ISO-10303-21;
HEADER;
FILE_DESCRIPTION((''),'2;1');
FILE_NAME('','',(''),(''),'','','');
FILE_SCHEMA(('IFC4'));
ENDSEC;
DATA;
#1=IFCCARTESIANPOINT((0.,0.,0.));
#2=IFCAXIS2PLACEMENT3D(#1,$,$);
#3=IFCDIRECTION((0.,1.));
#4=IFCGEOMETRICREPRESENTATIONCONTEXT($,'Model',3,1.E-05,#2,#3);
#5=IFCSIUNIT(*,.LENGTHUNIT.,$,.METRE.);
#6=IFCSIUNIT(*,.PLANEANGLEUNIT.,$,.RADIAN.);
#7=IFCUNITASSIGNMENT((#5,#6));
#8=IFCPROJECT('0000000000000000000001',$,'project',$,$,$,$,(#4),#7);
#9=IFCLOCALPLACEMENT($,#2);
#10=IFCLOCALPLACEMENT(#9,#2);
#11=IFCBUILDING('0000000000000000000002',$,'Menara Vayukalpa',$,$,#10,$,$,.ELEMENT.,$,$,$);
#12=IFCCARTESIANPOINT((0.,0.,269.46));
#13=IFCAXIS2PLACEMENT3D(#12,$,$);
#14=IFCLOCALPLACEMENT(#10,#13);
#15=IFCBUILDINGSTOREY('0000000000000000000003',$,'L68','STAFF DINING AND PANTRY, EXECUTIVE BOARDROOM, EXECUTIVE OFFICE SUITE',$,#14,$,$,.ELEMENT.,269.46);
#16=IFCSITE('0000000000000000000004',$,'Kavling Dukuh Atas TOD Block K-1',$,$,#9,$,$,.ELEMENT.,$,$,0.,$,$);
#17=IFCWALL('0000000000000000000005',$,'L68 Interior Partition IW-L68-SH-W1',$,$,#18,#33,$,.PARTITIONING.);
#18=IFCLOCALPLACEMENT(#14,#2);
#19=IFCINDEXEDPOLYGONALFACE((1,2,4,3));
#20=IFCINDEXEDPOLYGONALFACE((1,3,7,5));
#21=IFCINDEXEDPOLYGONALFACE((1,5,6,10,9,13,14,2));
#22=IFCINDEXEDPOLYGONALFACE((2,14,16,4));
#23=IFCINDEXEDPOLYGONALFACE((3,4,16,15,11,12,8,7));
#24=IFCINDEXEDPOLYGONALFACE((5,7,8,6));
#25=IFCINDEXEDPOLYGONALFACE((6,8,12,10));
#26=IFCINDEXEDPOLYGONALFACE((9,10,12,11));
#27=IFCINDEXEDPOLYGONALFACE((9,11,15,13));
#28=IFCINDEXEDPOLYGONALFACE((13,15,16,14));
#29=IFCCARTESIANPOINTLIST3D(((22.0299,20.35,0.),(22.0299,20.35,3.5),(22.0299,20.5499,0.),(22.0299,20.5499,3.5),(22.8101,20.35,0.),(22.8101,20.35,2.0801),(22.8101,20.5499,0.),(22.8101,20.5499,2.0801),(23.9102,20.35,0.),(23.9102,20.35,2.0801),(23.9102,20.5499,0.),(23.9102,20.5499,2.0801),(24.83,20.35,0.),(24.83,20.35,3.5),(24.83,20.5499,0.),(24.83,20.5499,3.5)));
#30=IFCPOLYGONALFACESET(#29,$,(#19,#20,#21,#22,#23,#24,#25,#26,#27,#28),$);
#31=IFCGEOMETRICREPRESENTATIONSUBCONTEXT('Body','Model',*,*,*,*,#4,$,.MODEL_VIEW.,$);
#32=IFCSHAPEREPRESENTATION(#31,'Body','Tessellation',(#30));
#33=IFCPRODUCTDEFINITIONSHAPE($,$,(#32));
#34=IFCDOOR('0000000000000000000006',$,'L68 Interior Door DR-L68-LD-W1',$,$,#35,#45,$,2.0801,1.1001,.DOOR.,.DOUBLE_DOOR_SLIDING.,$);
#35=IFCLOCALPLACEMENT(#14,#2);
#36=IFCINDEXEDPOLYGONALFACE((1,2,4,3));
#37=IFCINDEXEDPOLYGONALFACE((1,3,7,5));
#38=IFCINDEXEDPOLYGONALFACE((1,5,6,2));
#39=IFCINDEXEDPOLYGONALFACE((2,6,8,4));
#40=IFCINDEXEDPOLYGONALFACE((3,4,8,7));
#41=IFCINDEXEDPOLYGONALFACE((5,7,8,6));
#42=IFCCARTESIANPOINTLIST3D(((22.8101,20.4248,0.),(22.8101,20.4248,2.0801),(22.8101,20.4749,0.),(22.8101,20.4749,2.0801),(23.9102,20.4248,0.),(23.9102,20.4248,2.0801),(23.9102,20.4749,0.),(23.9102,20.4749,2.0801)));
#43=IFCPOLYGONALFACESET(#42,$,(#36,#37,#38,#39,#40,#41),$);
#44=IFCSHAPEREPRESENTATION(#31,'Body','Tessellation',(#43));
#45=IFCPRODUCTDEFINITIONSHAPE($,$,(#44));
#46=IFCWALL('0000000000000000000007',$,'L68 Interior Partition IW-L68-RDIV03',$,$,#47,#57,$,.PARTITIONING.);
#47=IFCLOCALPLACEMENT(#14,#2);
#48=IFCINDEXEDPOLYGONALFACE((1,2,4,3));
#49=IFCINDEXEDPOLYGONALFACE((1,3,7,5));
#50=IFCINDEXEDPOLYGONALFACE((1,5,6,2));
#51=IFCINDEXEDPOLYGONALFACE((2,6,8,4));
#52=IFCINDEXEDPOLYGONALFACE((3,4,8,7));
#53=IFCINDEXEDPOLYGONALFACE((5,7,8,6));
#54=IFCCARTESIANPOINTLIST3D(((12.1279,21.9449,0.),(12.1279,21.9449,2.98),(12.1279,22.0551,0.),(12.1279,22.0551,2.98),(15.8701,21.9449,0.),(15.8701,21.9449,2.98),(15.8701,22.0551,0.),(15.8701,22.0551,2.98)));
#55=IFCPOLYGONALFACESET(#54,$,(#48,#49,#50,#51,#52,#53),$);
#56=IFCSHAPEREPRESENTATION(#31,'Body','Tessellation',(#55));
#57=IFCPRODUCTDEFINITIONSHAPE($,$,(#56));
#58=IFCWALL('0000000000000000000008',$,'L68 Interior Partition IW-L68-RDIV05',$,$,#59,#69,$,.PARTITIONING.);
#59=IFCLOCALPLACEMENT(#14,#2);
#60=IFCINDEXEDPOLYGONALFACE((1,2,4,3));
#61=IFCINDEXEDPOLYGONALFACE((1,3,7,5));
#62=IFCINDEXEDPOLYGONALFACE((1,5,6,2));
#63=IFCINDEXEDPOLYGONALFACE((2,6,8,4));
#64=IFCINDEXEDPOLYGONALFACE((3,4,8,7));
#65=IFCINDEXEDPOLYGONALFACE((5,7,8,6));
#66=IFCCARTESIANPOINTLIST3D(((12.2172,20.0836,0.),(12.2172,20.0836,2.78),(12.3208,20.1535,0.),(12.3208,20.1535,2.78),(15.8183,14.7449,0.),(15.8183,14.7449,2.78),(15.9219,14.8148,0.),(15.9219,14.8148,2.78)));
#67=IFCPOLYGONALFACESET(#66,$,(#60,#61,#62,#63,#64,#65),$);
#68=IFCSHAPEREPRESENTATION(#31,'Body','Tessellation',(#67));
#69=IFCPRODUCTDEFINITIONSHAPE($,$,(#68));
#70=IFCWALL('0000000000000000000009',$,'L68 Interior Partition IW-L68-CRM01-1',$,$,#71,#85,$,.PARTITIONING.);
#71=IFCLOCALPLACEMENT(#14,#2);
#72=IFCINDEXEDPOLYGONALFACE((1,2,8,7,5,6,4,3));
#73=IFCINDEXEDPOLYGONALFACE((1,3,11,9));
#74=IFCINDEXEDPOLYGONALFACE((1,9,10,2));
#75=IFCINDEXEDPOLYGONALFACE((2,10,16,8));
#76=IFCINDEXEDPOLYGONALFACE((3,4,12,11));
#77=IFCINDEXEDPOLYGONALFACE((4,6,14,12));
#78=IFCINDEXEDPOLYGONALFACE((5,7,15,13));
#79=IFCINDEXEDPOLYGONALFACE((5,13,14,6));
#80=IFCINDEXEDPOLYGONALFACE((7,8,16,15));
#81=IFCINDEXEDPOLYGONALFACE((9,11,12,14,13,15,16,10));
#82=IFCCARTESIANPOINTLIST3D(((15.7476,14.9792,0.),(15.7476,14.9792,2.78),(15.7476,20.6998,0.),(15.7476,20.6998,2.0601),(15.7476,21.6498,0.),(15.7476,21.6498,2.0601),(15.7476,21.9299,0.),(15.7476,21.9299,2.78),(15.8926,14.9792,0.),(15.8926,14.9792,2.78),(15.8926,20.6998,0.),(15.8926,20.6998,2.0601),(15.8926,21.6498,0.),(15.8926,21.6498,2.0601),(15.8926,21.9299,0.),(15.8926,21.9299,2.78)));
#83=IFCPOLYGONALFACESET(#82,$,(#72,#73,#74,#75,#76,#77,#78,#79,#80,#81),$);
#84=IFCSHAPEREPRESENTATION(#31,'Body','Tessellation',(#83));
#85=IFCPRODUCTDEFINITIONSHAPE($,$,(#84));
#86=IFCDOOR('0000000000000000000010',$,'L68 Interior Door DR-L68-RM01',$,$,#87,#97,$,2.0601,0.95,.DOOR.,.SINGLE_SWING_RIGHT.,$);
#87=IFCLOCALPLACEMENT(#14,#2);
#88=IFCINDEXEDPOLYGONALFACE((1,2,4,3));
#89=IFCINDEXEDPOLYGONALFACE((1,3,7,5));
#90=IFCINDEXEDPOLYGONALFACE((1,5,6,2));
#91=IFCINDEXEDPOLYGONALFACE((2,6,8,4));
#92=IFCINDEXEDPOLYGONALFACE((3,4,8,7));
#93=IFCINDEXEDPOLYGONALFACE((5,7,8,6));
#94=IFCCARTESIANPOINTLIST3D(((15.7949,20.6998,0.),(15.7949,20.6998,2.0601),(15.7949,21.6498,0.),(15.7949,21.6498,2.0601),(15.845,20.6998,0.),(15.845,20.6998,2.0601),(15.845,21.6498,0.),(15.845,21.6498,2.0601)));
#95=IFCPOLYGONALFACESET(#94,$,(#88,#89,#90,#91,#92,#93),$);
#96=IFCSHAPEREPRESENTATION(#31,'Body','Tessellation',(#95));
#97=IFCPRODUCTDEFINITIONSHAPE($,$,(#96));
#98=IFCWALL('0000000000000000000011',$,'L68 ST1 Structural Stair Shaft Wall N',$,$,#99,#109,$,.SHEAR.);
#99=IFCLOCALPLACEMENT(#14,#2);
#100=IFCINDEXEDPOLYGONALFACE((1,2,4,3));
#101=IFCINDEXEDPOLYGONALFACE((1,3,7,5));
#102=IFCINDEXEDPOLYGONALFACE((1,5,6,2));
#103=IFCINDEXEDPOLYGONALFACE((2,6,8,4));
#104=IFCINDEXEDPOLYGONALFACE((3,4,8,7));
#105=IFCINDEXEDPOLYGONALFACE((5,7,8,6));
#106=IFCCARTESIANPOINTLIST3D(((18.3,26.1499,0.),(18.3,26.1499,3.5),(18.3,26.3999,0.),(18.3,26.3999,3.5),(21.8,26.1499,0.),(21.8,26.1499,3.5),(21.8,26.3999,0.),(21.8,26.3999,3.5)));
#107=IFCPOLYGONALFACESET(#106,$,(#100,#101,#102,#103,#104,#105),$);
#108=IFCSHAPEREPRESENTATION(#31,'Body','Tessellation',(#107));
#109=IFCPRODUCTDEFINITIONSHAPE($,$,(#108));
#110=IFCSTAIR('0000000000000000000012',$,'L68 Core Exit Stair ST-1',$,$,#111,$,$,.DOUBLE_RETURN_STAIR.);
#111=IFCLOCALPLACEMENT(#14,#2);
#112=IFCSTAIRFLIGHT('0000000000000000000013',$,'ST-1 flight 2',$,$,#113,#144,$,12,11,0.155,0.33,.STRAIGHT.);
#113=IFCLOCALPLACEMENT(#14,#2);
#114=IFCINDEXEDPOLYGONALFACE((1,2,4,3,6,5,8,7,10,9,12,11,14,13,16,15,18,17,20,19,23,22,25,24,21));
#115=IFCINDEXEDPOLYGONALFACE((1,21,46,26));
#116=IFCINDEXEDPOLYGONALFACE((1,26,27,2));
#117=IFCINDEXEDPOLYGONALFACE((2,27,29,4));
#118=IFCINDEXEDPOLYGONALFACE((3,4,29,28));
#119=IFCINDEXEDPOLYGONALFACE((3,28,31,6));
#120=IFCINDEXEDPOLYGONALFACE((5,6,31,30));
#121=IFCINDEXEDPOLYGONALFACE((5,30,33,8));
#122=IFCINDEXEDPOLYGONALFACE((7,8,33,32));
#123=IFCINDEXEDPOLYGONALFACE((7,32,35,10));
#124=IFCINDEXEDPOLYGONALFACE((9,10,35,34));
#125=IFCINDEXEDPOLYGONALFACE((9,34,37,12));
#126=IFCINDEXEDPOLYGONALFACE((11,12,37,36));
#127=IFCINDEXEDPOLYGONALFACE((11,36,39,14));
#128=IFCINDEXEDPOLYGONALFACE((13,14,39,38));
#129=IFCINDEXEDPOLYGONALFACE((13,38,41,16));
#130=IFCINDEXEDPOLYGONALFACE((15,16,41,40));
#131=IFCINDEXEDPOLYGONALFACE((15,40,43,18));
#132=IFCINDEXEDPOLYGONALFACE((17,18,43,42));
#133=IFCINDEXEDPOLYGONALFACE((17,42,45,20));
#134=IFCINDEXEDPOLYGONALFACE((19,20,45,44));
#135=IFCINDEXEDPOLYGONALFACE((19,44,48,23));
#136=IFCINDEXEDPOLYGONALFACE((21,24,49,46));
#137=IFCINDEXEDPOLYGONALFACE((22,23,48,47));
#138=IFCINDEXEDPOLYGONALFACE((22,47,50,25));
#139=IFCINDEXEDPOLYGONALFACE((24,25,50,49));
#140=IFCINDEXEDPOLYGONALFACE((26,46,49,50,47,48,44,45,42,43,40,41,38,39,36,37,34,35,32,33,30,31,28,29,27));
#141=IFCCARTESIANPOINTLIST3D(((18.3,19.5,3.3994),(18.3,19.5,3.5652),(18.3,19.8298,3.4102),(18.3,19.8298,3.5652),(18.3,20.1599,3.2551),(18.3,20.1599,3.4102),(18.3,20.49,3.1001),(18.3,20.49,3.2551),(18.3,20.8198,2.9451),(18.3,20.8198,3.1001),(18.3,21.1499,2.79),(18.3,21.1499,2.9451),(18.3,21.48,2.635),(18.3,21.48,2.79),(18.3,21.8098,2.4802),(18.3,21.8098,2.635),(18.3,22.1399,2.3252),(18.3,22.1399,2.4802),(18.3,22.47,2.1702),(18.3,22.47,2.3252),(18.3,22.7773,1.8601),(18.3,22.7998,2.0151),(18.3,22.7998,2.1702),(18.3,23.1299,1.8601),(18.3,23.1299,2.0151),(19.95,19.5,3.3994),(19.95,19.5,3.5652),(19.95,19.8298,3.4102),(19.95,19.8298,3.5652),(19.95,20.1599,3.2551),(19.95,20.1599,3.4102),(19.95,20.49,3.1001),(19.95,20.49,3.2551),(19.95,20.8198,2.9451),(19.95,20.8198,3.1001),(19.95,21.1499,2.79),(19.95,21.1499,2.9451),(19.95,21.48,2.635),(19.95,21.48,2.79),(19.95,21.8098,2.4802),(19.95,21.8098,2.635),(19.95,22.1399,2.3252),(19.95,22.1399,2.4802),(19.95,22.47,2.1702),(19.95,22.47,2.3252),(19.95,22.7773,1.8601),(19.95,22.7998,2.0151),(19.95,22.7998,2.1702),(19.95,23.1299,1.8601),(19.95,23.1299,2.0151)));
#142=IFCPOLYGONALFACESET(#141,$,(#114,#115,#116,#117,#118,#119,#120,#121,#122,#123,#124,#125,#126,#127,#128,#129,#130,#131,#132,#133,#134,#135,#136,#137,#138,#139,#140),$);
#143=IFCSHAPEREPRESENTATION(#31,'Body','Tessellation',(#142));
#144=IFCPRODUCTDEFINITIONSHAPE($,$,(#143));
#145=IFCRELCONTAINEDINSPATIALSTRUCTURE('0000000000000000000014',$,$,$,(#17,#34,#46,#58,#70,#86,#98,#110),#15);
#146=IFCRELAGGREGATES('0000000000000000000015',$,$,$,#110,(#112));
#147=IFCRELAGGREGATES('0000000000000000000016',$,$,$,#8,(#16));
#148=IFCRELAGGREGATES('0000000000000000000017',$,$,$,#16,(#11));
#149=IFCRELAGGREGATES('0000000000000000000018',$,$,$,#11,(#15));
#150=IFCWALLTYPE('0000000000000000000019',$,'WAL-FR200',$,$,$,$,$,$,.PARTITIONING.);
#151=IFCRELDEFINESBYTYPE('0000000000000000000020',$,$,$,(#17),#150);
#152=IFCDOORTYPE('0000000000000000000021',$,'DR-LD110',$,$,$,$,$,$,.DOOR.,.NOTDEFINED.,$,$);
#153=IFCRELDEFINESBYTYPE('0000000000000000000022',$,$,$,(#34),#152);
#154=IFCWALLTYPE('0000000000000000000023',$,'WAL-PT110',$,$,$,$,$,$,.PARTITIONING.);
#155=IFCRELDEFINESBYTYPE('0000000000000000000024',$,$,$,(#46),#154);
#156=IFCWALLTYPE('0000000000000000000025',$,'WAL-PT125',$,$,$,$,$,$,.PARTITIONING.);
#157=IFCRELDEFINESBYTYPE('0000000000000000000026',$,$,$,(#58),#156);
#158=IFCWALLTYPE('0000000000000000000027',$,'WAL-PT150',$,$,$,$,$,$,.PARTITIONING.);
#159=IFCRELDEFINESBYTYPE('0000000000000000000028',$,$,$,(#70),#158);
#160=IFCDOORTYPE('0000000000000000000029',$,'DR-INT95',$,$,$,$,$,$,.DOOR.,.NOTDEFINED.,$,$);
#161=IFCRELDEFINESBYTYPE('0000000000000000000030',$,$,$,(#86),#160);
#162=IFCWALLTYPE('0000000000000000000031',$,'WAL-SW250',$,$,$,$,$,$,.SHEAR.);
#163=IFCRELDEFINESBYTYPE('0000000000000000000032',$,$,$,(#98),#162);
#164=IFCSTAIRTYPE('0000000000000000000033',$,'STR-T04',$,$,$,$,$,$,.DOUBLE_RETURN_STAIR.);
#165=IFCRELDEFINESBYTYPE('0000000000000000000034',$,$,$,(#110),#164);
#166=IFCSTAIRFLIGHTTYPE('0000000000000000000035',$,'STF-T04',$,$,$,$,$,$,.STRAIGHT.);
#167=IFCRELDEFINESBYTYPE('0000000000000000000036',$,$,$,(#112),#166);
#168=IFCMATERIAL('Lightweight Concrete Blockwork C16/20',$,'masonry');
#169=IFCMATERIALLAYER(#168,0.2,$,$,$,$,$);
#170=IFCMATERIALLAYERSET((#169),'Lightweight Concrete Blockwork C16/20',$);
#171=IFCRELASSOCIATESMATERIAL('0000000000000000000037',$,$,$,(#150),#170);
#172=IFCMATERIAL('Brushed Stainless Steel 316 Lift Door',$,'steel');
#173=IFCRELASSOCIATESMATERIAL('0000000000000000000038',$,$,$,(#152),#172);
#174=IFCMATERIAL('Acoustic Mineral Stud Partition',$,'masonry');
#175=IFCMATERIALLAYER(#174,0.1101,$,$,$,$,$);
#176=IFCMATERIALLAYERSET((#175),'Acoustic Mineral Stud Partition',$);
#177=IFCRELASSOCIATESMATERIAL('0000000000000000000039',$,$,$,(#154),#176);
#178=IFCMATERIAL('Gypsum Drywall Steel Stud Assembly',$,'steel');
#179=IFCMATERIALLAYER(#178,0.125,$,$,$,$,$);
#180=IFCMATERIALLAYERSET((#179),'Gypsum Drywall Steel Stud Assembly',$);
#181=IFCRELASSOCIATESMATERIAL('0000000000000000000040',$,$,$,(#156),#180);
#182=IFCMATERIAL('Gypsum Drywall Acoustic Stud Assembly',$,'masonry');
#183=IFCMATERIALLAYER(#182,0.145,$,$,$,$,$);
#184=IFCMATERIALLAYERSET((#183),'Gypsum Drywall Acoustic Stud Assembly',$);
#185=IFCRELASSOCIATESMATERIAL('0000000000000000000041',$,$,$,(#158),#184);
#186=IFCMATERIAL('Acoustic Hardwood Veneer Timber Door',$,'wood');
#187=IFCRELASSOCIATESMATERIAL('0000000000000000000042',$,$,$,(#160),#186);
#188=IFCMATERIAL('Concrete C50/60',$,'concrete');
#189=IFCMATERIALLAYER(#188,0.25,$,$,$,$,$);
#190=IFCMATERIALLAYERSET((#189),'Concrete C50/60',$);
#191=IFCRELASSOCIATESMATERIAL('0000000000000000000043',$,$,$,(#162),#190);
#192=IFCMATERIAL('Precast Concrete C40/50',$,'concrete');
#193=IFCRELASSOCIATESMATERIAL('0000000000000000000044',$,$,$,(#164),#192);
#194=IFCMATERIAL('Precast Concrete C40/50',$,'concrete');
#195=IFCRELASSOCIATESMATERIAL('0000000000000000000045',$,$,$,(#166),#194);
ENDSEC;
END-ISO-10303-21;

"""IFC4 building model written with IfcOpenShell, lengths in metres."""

from ifc_helpers import new_model, si_unit, direction, frame, frame_2d, origin, place, context, subcontext, project, spatial, polyline, rectangle, outline, extrude, material, layer, layer_set, type_object, element, fill, aggregate, save


model = new_model("IFC4")

# Units and contexts
model_context = context("Model", 3, precision=1e-05, world=origin(), true_north=direction((0.0, 1.0)))
body_context = subcontext(model_context, "Body", "Model", "MODEL_VIEW")
ifc_project = project(units=[si_unit("LENGTHUNIT", "METRE"), si_unit("PLANEANGLEUNIT", "RADIAN")], contexts=[model_context])

# Site, building, storey
site_placement = place(None, origin())
site = spatial("IfcSite", under=ifc_project, at=site_placement, Name="Kavling Dukuh Atas TOD Block K-1", CompositionType="ELEMENT", RefElevation=0.0)
building_placement = place(site_placement, origin())
building = spatial("IfcBuilding", under=site, at=building_placement, Name="Menara Vayukalpa", CompositionType="ELEMENT")
storey_placement = place(building_placement, frame((0.0, 0.0, 269.46)))
storey = spatial("IfcBuildingStorey", under=building, at=storey_placement, Name="L68", Description="STAFF DINING AND PANTRY, EXECUTIVE BOARDROOM, EXECUTIVE OFFICE SUITE", CompositionType="ELEMENT", Elevation=269.46)

# Wall, opening, door
ifc_material_1 = material(Name="Lightweight Concrete Blockwork C16/20", Category="masonry")
ifc_layer_1 = layer(ifc_material_1, 0.2)
ifc_layer_set_1 = layer_set([ifc_layer_1], Name="Lightweight Concrete Blockwork C16/20")
wall_type_1 = type_object("IfcWallType", Name="WAL-FR200", PredefinedType="PARTITIONING", material=ifc_layer_set_1)
wall_1_placement = place(storey_placement, frame((22.03, 20.45, 0.0), z_axis=(0.0, 0.0, 1.0), x_axis=(1.0, 0.0, 0.0)))
wall_1 = element("IfcWall", 1, at=wall_1_placement, inside=storey, type_object=wall_type_1, Name="L68 Interior Partition IW-L68-SH-W1", PredefinedType="PARTITIONING", context=body_context, shape_type="SweptSolid", body=[
    extrude(rectangle(XDim=2.8, YDim=0.2, at=frame_2d((1.3999, 0.0))), origin(), (0.0, 0.0, 1.0), 3.5),
])
opening_1_placement = place(wall_1_placement, frame((0.78, 0.0, 0.0)))
opening_1 = element("IfcOpeningElement", 2, at=opening_1_placement, cuts=wall_1, PredefinedType="OPENING", context=body_context, shape_type="SweptSolid", body=[
    extrude(rectangle(XDim=1.1001, YDim=2.0801, at=frame_2d((0.55, 1.04))), frame((0.0, 0.1099, 0.0), z_axis=(0.0, -1.0, 0.0), x_axis=(1.0, 0.0, 0.0)), (0.0, 0.0, 1.0), 0.22),
])
ifc_material_2 = material(Name="Brushed Stainless Steel 316 Lift Door", Category="steel")
door_type_1 = type_object("IfcDoorType", Name="DR-LD110", OperationType="NOTDEFINED", PredefinedType="DOOR", material=ifc_material_2)
door_1_placement = place(opening_1_placement, origin())
door_1 = element("IfcDoor", 3, at=door_1_placement, inside=storey, type_object=door_type_1, Name="L68 Interior Door DR-L68-LD-W1", OperationType="DOUBLE_DOOR_SLIDING", OverallHeight=2.0801, OverallWidth=1.1001, PredefinedType="DOOR", context=body_context, shape_type="SweptSolid", body=[
    extrude(rectangle(XDim=1.1001, YDim=2.0801, at=frame_2d((0.55, 1.04))), frame((0.0, 0.0249, 0.0), z_axis=(0.0, -1.0, 0.0), x_axis=(1.0, 0.0, 0.0)), (0.0, 0.0, 1.0), 0.05),
])
fill(opening_1, door_1)

# Walls
ifc_material_3 = material(Name="Acoustic Mineral Stud Partition", Category="masonry")
ifc_layer_2 = layer(ifc_material_3, 0.1101)
ifc_layer_set_2 = layer_set([ifc_layer_2], Name="Acoustic Mineral Stud Partition")
wall_type_2 = type_object("IfcWallType", Name="WAL-PT110", PredefinedType="PARTITIONING", material=ifc_layer_set_2)
wall_2_placement = place(storey_placement, frame((15.8701, 22.0, 0.0), z_axis=(0.0, 0.0, 1.0), x_axis=(-1.0, 0.0, 0.0)))
element("IfcWall", 4, at=wall_2_placement, inside=storey, type_object=wall_type_2, Name="L68 Interior Partition IW-L68-RDIV03", PredefinedType="PARTITIONING", context=body_context, shape_type="SweptSolid", body=[
    extrude(rectangle(XDim=3.7422, YDim=0.1101, at=frame_2d((1.8711, 0.0))), origin(), (0.0, 0.0, 1.0), 2.98),
])
ifc_material_4 = material(Name="Gypsum Drywall Steel Stud Assembly", Category="steel")
ifc_layer_3 = layer(ifc_material_4, 0.125)
ifc_layer_set_3 = layer_set([ifc_layer_3], Name="Gypsum Drywall Steel Stud Assembly")
wall_type_3 = type_object("IfcWallType", Name="WAL-PT125", PredefinedType="PARTITIONING", material=ifc_layer_set_3)
wall_3_placement = place(storey_placement, frame((12.269, 20.1184, 0.0), z_axis=(0.0, 0.0, 1.0), x_axis=(0.559207, -0.829028, 0.0)))
element("IfcWall", 5, at=wall_3_placement, inside=storey, type_object=wall_type_3, Name="L68 Interior Partition IW-L68-RDIV05", PredefinedType="PARTITIONING", context=body_context, shape_type="SweptSolid", body=[
    extrude(rectangle(XDim=6.4397, YDim=0.125, at=frame_2d((3.2197, 0.0))), origin(), (0.0, 0.0, 1.0), 2.78),
])

# Wall, opening, door
ifc_material_5 = material(Name="Gypsum Drywall Acoustic Stud Assembly", Category="masonry")
ifc_layer_4 = layer(ifc_material_5, 0.145)
ifc_layer_set_4 = layer_set([ifc_layer_4], Name="Gypsum Drywall Acoustic Stud Assembly")
wall_type_4 = type_object("IfcWallType", Name="WAL-PT150", PredefinedType="PARTITIONING", material=ifc_layer_set_4)
wall_4_placement = place(storey_placement, frame((15.8201, 21.9299, 0.0), z_axis=(0.0, 0.0, 1.0), x_axis=(0.0, -1.0, 0.0)))
wall_4 = element("IfcWall", 6, at=wall_4_placement, inside=storey, type_object=wall_type_4, Name="L68 Interior Partition IW-L68-CRM01-1", PredefinedType="PARTITIONING", context=body_context, shape_type="SweptSolid", body=[
    extrude(rectangle(XDim=6.9507, YDim=0.145, at=frame_2d((3.4753, 0.0))), origin(), (0.0, 0.0, 1.0), 2.78),
])
opening_2_placement = place(wall_4_placement, frame((0.28, 0.0, 0.0)))
opening_2 = element("IfcOpeningElement", 7, at=opening_2_placement, cuts=wall_4, PredefinedType="OPENING", context=body_context, shape_type="SweptSolid", body=[
    extrude(rectangle(XDim=0.95, YDim=2.0601, at=frame_2d((0.4751, 1.03))), frame((0.0, 0.0825, 0.0), z_axis=(0.0, -1.0, 0.0), x_axis=(1.0, 0.0, 0.0)), (0.0, 0.0, 1.0), 0.165),
])
ifc_material_6 = material(Name="Acoustic Hardwood Veneer Timber Door", Category="wood")
door_type_2 = type_object("IfcDoorType", Name="DR-INT95", OperationType="NOTDEFINED", PredefinedType="DOOR", material=ifc_material_6)
door_2_placement = place(opening_2_placement, origin())
door_2 = element("IfcDoor", 8, at=door_2_placement, inside=storey, type_object=door_type_2, Name="L68 Interior Door DR-L68-RM01", OperationType="SINGLE_SWING_RIGHT", OverallHeight=2.0601, OverallWidth=0.95, PredefinedType="DOOR", context=body_context, shape_type="SweptSolid", body=[
    extrude(rectangle(XDim=0.95, YDim=2.0601, at=frame_2d((0.4751, 1.03))), frame((0.0, 0.0249, 0.0), z_axis=(0.0, -1.0, 0.0), x_axis=(1.0, 0.0, 0.0)), (0.0, 0.0, 1.0), 0.05),
])
fill(opening_2, door_2)

# Wall
ifc_material_7 = material(Name="Concrete C50/60", Category="concrete")
ifc_layer_5 = layer(ifc_material_7, 0.25)
ifc_layer_set_5 = layer_set([ifc_layer_5], Name="Concrete C50/60")
wall_type_5 = type_object("IfcWallType", Name="WAL-SW250", PredefinedType="SHEAR", material=ifc_layer_set_5)
wall_5_placement = place(storey_placement, frame((18.3, 26.2749, 0.0), z_axis=(0.0, 0.0, 1.0), x_axis=(1.0, 0.0, 0.0)))
element("IfcWall", 9, at=wall_5_placement, inside=storey, type_object=wall_type_5, Name="L68 ST1 Structural Stair Shaft Wall N", PredefinedType="SHEAR", context=body_context, shape_type="SweptSolid", body=[
    extrude(rectangle(XDim=3.5, YDim=0.25, at=frame_2d((1.75, 0.0))), origin(), (0.0, 0.0, 1.0), 3.5),
])

# Stair, stair flight
ifc_material_8 = material(Name="Precast Concrete C40/50", Category="concrete")
stair_type = type_object("IfcStairType", Name="STR-T04", PredefinedType="DOUBLE_RETURN_STAIR", material=ifc_material_8)
stair_placement = place(storey_placement, origin())
stair = element("IfcStair", 10, at=stair_placement, inside=storey, type_object=stair_type, Name="L68 Core Exit Stair ST-1", PredefinedType="DOUBLE_RETURN_STAIR")
ifc_material_9 = material(Name="Precast Concrete C40/50", Category="concrete")
stair_flight_type = type_object("IfcStairFlightType", Name="STF-T04", PredefinedType="STRAIGHT", material=ifc_material_9)
stair_flight_placement = place(storey_placement, frame((19.125, 23.1299, 1.8601), z_axis=(0.0, 0.0, 1.0), x_axis=(0.0, -1.0, 0.0)))
stair_flight = element("IfcStairFlight", 11, at=stair_flight_placement, type_object=stair_flight_type, Name="ST-1 flight 2", NumberOfRisers=12, NumberOfTreads=11, PredefinedType="STRAIGHT", RiserHeight=0.155, TreadLength=0.33, context=body_context, shape_type="SweptSolid", body=[
    extrude(outline(polyline([(0.0, 0.0), (0.0, 0.155), (0.3301, 0.155), (0.3301, 0.3101), (0.6599, 0.3101), (0.6599, 0.4651), (0.99, 0.4651), (0.99, 0.6201), (1.3201, 0.6201), (1.3201, 0.7749), (1.6499, 0.7749), (1.6499, 0.9299), (1.98, 0.9299), (1.98, 1.085), (2.3101, 1.085), (2.3101, 1.24), (2.6399, 1.24), (2.6399, 1.395), (2.97, 1.395), (2.97, 1.55), (3.3, 1.55), (3.3, 1.7051), (3.6299, 1.7051), (3.6299, 1.8601), (3.6299, 1.5393), (0.3525, 0.0), (0.0, 0.0)])), frame((0.0, 0.825, 0.0), z_axis=(0.0, -1.0, 0.0), x_axis=(1.0, 0.0, 0.0)), (0.0, 0.0, 1.0), 1.6499),
])
aggregate(stair, [stair_flight])

save(model, "model.ifc")
